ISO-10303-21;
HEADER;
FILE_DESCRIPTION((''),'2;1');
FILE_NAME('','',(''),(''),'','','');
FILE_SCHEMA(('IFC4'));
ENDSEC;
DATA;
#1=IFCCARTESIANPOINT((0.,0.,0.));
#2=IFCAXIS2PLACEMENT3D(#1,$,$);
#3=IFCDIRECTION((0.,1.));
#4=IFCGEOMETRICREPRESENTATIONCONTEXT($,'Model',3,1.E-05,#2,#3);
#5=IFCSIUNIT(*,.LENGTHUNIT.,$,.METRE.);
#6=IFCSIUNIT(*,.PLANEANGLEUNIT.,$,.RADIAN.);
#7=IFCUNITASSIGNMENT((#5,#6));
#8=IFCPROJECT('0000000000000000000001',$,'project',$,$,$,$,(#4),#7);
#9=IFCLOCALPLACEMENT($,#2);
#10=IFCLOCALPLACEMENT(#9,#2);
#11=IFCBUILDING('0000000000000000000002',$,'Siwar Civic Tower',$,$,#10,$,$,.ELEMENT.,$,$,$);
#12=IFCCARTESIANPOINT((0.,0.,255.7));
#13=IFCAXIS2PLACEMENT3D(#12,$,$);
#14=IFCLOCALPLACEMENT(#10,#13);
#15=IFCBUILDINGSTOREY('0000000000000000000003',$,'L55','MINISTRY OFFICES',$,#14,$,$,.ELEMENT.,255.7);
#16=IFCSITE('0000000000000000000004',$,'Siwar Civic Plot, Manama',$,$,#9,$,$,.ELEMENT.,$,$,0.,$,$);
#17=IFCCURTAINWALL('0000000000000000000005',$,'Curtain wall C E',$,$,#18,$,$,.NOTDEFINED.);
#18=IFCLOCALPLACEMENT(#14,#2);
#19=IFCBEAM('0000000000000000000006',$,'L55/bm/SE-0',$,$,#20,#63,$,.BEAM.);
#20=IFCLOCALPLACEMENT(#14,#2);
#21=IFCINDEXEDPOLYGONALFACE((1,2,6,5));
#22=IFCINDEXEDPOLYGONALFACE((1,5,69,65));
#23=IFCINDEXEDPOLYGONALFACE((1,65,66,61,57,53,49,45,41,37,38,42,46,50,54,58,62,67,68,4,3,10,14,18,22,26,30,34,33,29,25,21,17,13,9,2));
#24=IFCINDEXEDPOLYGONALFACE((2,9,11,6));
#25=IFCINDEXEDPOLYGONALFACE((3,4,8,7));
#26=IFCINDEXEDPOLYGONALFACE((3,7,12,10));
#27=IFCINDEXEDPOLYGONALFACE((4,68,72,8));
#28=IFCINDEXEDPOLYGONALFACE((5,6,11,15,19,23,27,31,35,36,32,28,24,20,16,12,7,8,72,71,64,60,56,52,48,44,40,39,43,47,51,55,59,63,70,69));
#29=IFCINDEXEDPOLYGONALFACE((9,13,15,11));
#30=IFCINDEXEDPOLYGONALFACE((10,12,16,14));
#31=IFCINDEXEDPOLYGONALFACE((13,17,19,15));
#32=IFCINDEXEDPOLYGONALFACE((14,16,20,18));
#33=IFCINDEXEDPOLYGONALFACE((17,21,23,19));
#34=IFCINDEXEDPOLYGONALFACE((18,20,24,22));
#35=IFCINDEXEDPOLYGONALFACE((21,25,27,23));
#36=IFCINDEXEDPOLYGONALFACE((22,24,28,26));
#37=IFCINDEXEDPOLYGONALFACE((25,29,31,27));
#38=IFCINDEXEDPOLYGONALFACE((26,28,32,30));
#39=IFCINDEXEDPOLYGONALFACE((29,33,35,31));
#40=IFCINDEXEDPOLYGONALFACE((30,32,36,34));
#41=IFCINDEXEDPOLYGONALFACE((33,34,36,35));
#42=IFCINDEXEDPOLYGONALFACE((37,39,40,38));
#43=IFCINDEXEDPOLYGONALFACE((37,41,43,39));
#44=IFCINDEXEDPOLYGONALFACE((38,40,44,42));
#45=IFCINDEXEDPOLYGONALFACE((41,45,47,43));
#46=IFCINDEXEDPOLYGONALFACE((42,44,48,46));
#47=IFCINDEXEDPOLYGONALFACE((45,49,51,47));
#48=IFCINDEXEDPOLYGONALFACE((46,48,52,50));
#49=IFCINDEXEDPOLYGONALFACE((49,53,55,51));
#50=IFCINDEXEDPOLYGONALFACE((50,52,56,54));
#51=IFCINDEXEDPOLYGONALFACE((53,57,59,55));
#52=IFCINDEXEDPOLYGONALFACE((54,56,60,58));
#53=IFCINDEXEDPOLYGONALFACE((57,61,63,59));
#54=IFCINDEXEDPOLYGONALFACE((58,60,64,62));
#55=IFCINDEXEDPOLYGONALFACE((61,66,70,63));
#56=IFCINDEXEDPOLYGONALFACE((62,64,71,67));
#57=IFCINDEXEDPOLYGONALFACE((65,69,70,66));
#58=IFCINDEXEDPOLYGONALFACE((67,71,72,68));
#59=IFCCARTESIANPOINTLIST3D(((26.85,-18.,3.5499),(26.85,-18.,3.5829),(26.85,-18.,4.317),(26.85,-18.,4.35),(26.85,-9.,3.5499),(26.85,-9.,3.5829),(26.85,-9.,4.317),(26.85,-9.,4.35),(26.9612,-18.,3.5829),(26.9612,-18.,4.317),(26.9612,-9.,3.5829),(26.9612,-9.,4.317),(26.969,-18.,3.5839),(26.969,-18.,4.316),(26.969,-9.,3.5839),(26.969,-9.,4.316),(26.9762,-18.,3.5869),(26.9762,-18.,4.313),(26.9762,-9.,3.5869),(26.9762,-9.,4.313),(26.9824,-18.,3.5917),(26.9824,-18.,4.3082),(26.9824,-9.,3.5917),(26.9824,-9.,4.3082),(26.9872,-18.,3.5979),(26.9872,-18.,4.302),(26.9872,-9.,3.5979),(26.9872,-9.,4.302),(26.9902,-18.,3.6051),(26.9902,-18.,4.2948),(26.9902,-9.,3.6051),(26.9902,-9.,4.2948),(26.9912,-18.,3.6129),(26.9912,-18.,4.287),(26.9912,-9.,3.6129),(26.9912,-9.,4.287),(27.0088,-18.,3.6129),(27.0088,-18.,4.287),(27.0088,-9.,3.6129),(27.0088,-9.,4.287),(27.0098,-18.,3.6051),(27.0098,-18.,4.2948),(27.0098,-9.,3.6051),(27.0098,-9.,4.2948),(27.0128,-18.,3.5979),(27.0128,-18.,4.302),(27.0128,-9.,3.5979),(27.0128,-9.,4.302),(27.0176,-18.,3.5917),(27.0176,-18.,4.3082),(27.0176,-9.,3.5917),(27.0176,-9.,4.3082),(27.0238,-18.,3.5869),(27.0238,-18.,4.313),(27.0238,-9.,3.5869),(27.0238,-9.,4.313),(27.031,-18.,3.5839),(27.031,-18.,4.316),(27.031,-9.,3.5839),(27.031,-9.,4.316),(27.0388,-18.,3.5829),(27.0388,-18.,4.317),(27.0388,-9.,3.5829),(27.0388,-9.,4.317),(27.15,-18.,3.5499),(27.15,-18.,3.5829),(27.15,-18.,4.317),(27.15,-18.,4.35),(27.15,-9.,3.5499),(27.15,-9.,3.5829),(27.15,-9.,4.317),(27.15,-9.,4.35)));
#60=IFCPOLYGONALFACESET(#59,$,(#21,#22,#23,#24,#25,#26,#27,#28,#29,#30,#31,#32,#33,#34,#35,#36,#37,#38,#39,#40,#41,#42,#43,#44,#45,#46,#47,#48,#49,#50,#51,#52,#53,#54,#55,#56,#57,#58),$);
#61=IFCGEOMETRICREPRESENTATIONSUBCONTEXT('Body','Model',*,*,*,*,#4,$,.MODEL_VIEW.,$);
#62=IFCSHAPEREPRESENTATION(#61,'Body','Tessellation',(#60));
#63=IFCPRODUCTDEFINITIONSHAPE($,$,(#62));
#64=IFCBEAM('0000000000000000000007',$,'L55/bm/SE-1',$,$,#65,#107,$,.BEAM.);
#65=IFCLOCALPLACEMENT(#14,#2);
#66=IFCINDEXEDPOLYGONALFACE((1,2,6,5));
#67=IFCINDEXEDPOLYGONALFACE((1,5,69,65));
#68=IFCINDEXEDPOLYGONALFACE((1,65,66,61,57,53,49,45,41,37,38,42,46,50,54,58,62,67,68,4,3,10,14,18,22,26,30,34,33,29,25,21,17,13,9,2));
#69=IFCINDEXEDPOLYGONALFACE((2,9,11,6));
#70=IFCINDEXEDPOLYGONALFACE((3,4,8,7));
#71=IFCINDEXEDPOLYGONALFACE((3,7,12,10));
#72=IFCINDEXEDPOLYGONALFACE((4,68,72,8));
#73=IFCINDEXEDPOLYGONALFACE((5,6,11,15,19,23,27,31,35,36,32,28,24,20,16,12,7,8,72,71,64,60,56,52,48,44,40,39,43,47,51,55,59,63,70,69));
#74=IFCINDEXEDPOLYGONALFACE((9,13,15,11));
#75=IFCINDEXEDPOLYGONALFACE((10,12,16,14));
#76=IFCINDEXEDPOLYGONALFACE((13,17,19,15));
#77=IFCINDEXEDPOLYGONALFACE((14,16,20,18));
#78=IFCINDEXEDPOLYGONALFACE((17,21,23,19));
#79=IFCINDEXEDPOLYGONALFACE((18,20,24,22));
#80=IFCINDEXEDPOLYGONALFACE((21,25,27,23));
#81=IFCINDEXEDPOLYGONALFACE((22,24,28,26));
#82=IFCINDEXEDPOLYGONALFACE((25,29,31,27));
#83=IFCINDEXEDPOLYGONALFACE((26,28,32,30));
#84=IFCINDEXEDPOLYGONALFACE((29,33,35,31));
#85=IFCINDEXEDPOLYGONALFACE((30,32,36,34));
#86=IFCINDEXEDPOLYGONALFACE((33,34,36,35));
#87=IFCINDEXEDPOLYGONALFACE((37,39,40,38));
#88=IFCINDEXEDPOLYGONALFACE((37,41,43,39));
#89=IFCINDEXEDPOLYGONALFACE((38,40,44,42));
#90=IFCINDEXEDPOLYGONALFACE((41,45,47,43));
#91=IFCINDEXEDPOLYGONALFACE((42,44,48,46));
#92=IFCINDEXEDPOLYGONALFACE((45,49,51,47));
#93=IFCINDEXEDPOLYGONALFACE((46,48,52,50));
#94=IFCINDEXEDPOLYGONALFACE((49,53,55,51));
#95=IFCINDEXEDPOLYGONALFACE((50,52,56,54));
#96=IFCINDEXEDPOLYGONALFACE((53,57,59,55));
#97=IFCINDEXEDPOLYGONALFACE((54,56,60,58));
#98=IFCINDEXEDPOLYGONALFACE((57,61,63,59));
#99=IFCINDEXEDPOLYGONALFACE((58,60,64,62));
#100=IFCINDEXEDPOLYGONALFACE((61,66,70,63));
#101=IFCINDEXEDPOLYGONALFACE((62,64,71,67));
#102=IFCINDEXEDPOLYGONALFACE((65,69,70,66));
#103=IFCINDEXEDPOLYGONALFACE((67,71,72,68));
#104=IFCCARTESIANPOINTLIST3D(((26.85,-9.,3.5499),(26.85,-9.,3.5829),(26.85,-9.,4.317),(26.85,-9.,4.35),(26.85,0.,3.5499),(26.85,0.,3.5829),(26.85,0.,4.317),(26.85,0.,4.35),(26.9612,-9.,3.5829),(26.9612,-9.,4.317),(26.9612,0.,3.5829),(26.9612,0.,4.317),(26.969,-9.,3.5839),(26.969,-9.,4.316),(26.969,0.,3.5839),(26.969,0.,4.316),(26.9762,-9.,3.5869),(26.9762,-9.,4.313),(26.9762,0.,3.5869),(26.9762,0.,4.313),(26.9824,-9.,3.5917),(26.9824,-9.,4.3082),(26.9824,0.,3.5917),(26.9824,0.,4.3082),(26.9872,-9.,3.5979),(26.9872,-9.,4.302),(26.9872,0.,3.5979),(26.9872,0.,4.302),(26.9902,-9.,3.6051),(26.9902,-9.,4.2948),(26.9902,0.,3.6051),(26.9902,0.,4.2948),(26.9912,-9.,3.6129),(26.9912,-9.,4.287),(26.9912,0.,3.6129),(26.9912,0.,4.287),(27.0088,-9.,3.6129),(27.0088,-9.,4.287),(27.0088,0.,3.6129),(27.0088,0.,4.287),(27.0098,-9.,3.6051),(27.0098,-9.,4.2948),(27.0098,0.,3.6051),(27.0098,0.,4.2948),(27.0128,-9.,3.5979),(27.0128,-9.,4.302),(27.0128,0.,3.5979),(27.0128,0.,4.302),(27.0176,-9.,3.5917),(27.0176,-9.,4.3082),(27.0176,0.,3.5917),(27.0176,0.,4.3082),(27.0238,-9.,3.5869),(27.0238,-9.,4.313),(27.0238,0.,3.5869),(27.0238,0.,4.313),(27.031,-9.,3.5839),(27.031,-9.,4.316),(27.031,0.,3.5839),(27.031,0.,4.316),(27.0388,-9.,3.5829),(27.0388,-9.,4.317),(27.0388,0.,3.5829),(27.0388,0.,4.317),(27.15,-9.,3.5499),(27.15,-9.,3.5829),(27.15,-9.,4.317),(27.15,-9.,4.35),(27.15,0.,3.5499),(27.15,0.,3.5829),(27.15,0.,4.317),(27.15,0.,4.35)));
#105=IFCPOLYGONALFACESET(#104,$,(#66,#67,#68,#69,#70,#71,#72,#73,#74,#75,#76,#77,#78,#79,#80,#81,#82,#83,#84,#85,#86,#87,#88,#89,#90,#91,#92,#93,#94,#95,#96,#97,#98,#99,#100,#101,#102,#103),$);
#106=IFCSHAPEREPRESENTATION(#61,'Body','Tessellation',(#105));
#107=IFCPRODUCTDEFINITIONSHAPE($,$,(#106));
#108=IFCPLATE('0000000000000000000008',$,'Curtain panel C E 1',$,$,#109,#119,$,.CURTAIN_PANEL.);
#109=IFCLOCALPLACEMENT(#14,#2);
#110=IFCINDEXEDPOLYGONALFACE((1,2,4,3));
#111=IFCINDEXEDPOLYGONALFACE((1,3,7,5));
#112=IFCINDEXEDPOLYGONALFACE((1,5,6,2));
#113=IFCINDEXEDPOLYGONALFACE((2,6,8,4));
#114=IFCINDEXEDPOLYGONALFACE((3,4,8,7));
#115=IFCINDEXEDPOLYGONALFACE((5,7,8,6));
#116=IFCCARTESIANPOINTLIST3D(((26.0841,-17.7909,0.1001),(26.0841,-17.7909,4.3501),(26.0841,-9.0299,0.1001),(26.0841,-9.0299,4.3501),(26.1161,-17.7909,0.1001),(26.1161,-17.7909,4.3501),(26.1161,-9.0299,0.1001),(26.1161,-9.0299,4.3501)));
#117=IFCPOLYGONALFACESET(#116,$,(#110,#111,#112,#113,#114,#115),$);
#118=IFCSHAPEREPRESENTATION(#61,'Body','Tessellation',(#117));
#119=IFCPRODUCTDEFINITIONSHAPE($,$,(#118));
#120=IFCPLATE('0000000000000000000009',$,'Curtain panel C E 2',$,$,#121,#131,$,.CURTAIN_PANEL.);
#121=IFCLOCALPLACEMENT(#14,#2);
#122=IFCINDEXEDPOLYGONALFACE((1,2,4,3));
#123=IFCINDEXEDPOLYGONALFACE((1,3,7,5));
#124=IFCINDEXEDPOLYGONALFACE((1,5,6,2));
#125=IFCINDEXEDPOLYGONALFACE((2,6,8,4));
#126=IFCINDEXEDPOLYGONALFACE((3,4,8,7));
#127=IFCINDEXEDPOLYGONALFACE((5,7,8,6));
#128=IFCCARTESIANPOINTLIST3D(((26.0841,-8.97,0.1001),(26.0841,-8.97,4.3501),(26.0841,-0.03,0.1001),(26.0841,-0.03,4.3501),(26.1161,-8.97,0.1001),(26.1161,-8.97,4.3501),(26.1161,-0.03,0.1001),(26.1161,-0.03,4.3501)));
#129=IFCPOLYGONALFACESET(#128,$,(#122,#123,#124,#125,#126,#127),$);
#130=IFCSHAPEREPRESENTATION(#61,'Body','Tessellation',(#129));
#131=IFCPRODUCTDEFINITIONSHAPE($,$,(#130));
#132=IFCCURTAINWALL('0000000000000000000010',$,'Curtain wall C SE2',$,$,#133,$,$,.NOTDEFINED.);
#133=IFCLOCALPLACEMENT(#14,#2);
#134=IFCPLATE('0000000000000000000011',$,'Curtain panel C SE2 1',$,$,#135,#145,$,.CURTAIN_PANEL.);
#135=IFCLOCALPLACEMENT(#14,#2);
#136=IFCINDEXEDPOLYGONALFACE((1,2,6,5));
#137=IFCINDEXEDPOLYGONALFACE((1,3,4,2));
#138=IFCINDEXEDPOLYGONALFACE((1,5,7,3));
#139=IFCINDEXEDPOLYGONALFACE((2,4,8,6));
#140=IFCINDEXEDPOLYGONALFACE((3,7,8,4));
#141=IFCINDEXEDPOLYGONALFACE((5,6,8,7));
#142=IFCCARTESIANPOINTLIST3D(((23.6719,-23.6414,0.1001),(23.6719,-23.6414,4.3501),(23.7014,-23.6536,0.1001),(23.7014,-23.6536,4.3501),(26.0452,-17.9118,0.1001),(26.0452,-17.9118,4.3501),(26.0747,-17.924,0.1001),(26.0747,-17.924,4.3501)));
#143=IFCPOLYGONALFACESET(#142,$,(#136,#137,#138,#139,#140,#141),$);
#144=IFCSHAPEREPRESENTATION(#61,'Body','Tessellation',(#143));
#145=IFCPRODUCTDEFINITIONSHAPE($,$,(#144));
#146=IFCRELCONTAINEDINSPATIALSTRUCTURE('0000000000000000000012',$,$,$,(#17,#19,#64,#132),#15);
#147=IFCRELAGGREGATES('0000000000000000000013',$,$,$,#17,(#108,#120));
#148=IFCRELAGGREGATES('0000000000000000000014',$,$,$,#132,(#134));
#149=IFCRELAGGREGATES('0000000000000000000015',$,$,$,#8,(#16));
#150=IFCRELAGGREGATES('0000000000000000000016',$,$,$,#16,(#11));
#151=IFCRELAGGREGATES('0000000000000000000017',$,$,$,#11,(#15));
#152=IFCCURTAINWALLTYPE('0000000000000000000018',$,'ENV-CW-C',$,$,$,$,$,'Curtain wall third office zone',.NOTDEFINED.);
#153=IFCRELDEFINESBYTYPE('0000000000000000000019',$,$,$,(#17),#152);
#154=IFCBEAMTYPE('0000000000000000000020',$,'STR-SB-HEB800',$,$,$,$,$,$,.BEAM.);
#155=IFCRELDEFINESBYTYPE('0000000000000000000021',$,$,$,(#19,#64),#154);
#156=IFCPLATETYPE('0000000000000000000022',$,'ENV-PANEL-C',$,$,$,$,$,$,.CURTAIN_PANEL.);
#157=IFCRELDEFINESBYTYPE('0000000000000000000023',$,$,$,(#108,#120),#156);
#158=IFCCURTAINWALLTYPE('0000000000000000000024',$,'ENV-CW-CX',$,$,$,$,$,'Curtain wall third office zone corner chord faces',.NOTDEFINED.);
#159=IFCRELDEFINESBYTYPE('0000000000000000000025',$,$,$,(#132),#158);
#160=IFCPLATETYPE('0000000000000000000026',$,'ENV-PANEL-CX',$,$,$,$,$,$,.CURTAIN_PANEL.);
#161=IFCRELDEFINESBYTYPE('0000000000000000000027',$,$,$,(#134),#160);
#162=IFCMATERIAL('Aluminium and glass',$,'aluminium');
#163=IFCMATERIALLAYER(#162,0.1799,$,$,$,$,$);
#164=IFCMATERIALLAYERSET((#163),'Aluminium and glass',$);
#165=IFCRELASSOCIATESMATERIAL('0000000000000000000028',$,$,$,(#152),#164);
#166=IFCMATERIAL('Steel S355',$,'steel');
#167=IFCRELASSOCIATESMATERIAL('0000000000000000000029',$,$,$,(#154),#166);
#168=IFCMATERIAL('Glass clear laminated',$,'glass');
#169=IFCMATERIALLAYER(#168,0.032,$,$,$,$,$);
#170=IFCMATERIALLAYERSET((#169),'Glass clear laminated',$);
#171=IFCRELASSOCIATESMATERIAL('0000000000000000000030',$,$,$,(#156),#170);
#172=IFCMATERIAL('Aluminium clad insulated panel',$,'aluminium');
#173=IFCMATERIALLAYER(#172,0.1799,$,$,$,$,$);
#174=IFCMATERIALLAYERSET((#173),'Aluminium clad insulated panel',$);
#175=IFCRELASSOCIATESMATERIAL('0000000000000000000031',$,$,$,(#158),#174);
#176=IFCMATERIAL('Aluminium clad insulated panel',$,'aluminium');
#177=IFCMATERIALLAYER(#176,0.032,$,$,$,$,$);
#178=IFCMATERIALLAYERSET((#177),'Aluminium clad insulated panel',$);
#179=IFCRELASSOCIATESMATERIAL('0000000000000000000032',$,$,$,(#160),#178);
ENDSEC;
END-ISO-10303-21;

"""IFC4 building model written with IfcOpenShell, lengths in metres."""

from ifc_helpers import new_model, si_unit, direction, frame, origin, origin_2d, place, context, subcontext, project, spatial, rectangle, i_section, extrude, material, layer, layer_set, material_profile, profile_set, type_object, element, aggregate, save


model = new_model("IFC4")

# Units and contexts
model_context = context("Model", 3, precision=1e-05, world=origin(), true_north=direction((0.0, 1.0)))
body_context = subcontext(model_context, "Body", "Model", "MODEL_VIEW")
ifc_project = project(units=[si_unit("LENGTHUNIT", "METRE"), si_unit("PLANEANGLEUNIT", "RADIAN")], contexts=[model_context])

# Site, building, storey
site_placement = place(None, origin())
site = spatial("IfcSite", under=ifc_project, at=site_placement, Name="Siwar Civic Plot, Manama", CompositionType="ELEMENT", RefElevation=0.0)
building_placement = place(site_placement, origin())
building = spatial("IfcBuilding", under=site, at=building_placement, Name="Siwar Civic Tower", CompositionType="ELEMENT")
storey_placement = place(building_placement, frame((0.0, 0.0, 255.7)))
storey = spatial("IfcBuildingStorey", under=building, at=storey_placement, Name="L55", Description="MINISTRY OFFICES", CompositionType="ELEMENT", Elevation=255.7)

# Curtain wall
ifc_material_1 = material(Name="Aluminium and glass", Category="aluminium")
ifc_layer_1 = layer(ifc_material_1, 0.1799)
ifc_layer_set_1 = layer_set([ifc_layer_1], Name="Aluminium and glass")
curtain_wall_type_1 = type_object("IfcCurtainWallType", Name="ENV-CW-C", ElementType="Curtain wall third office zone", PredefinedType="NOTDEFINED", material=ifc_layer_set_1)
curtain_wall_1_placement = place(storey_placement, origin())
curtain_wall_1 = element("IfcCurtainWall", 1, at=curtain_wall_1_placement, inside=storey, type_object=curtain_wall_type_1, Name="Curtain wall C E", PredefinedType="NOTDEFINED")

# Beams
ifc_material_2 = material(Name="Steel S355", Category="steel")
ifc_material_profile_1 = material_profile(ifc_material_2, i_section(OverallWidth=0.3, OverallDepth=0.8, WebThickness=0.0176, FlangeThickness=0.033, FilletRadius=0.03, at=origin_2d()), Name="HEB800")
ifc_profile_set_1 = profile_set([ifc_material_profile_1], Name="Steel S355")
beam_type_1 = type_object("IfcBeamType", Name="STR-SB-HEB800", PredefinedType="BEAM", material=ifc_profile_set_1)
for number, where, z_axis, x_axis, name in (
    (2, (27.0, -18.0, 3.95), (0.0, 1.0, 0.0), (-1.0, 0.0, 0.0), "L55/bm/SE-0"),
    (3, (27.0, -9.0, 3.95), (0.0, 1.0, 0.0), (-1.0, 0.0, 0.0), "L55/bm/SE-1"),
):
    element("IfcBeam", number, at=place(storey_placement, frame(where, z_axis=z_axis, x_axis=x_axis)), inside=storey, type_object=beam_type_1, Name=name, PredefinedType="BEAM", context=body_context, shape_type="SweptSolid", body=[
        extrude(i_section(OverallWidth=0.3, OverallDepth=0.8, WebThickness=0.0176, FlangeThickness=0.033, FilletRadius=0.03, at=origin_2d()), origin(), (0.0, 0.0, 1.0), 9.0),
    ])

# Plates
ifc_material_3 = material(Name="Glass clear laminated", Category="glass")
ifc_layer_2 = layer(ifc_material_3, 0.032)
ifc_layer_set_2 = layer_set([ifc_layer_2], Name="Glass clear laminated")
plate_type_1 = type_object("IfcPlateType", Name="ENV-PANEL-C", PredefinedType="CURTAIN_PANEL", material=ifc_layer_set_2)
plate_1_placement = place(storey_placement, frame((26.1001, -13.4104, 0.1001), z_axis=(0.0, 0.0, 1.0), x_axis=(0.0, 1.0, 0.0)))
plate_1 = element("IfcPlate", 4, at=plate_1_placement, type_object=plate_type_1, Name="Curtain panel C E 1", PredefinedType="CURTAIN_PANEL", context=body_context, shape_type="SweptSolid", body=[
    extrude(rectangle(XDim=8.761, YDim=0.032, at=origin_2d()), origin(), (0.0, 0.0, 1.0), 4.25),
])
plate_2_placement = place(storey_placement, frame((26.1001, -4.5, 0.1001), z_axis=(0.0, 0.0, 1.0), x_axis=(0.0, 1.0, 0.0)))
plate_2 = element("IfcPlate", 5, at=plate_2_placement, type_object=plate_type_1, Name="Curtain panel C E 2", PredefinedType="CURTAIN_PANEL", context=body_context, shape_type="SweptSolid", body=[
    extrude(rectangle(XDim=8.9399, YDim=0.032, at=origin_2d()), origin(), (0.0, 0.0, 1.0), 4.25),
])
aggregate(curtain_wall_1, [plate_1, plate_2])

# Curtain wall, plate
ifc_material_4 = material(Name="Aluminium clad insulated panel", Category="aluminium")
ifc_layer_3 = layer(ifc_material_4, 0.1799)
ifc_layer_set_3 = layer_set([ifc_layer_3], Name="Aluminium clad insulated panel")
curtain_wall_type_2 = type_object("IfcCurtainWallType", Name="ENV-CW-CX", ElementType="Curtain wall third office zone corner chord faces", PredefinedType="NOTDEFINED", material=ifc_layer_set_3)
curtain_wall_2_placement = place(storey_placement, origin())
curtain_wall_2 = element("IfcCurtainWall", 6, at=curtain_wall_2_placement, inside=storey, type_object=curtain_wall_type_2, Name="Curtain wall C SE2", PredefinedType="NOTDEFINED")
ifc_material_5 = material(Name="Aluminium clad insulated panel", Category="aluminium")
ifc_layer_4 = layer(ifc_material_5, 0.032)
ifc_layer_set_4 = layer_set([ifc_layer_4], Name="Aluminium clad insulated panel")
plate_type_2 = type_object("IfcPlateType", Name="ENV-PANEL-CX", PredefinedType="CURTAIN_PANEL", material=ifc_layer_set_4)
plate_3_placement = place(storey_placement, frame((24.8733, -20.7827, 0.1001), z_axis=(0.0, 0.0, 1.0), x_axis=(0.382683, 0.92388, 0.0)))
plate_3 = element("IfcPlate", 7, at=plate_3_placement, type_object=plate_type_2, Name="Curtain panel C SE2 1", PredefinedType="CURTAIN_PANEL", context=body_context, shape_type="SweptSolid", body=[
    extrude(rectangle(XDim=6.2017, YDim=0.032, at=origin_2d()), origin(), (0.0, 0.0, 1.0), 4.25),
])
aggregate(curtain_wall_2, [plate_3])

save(model, "model.ifc")
